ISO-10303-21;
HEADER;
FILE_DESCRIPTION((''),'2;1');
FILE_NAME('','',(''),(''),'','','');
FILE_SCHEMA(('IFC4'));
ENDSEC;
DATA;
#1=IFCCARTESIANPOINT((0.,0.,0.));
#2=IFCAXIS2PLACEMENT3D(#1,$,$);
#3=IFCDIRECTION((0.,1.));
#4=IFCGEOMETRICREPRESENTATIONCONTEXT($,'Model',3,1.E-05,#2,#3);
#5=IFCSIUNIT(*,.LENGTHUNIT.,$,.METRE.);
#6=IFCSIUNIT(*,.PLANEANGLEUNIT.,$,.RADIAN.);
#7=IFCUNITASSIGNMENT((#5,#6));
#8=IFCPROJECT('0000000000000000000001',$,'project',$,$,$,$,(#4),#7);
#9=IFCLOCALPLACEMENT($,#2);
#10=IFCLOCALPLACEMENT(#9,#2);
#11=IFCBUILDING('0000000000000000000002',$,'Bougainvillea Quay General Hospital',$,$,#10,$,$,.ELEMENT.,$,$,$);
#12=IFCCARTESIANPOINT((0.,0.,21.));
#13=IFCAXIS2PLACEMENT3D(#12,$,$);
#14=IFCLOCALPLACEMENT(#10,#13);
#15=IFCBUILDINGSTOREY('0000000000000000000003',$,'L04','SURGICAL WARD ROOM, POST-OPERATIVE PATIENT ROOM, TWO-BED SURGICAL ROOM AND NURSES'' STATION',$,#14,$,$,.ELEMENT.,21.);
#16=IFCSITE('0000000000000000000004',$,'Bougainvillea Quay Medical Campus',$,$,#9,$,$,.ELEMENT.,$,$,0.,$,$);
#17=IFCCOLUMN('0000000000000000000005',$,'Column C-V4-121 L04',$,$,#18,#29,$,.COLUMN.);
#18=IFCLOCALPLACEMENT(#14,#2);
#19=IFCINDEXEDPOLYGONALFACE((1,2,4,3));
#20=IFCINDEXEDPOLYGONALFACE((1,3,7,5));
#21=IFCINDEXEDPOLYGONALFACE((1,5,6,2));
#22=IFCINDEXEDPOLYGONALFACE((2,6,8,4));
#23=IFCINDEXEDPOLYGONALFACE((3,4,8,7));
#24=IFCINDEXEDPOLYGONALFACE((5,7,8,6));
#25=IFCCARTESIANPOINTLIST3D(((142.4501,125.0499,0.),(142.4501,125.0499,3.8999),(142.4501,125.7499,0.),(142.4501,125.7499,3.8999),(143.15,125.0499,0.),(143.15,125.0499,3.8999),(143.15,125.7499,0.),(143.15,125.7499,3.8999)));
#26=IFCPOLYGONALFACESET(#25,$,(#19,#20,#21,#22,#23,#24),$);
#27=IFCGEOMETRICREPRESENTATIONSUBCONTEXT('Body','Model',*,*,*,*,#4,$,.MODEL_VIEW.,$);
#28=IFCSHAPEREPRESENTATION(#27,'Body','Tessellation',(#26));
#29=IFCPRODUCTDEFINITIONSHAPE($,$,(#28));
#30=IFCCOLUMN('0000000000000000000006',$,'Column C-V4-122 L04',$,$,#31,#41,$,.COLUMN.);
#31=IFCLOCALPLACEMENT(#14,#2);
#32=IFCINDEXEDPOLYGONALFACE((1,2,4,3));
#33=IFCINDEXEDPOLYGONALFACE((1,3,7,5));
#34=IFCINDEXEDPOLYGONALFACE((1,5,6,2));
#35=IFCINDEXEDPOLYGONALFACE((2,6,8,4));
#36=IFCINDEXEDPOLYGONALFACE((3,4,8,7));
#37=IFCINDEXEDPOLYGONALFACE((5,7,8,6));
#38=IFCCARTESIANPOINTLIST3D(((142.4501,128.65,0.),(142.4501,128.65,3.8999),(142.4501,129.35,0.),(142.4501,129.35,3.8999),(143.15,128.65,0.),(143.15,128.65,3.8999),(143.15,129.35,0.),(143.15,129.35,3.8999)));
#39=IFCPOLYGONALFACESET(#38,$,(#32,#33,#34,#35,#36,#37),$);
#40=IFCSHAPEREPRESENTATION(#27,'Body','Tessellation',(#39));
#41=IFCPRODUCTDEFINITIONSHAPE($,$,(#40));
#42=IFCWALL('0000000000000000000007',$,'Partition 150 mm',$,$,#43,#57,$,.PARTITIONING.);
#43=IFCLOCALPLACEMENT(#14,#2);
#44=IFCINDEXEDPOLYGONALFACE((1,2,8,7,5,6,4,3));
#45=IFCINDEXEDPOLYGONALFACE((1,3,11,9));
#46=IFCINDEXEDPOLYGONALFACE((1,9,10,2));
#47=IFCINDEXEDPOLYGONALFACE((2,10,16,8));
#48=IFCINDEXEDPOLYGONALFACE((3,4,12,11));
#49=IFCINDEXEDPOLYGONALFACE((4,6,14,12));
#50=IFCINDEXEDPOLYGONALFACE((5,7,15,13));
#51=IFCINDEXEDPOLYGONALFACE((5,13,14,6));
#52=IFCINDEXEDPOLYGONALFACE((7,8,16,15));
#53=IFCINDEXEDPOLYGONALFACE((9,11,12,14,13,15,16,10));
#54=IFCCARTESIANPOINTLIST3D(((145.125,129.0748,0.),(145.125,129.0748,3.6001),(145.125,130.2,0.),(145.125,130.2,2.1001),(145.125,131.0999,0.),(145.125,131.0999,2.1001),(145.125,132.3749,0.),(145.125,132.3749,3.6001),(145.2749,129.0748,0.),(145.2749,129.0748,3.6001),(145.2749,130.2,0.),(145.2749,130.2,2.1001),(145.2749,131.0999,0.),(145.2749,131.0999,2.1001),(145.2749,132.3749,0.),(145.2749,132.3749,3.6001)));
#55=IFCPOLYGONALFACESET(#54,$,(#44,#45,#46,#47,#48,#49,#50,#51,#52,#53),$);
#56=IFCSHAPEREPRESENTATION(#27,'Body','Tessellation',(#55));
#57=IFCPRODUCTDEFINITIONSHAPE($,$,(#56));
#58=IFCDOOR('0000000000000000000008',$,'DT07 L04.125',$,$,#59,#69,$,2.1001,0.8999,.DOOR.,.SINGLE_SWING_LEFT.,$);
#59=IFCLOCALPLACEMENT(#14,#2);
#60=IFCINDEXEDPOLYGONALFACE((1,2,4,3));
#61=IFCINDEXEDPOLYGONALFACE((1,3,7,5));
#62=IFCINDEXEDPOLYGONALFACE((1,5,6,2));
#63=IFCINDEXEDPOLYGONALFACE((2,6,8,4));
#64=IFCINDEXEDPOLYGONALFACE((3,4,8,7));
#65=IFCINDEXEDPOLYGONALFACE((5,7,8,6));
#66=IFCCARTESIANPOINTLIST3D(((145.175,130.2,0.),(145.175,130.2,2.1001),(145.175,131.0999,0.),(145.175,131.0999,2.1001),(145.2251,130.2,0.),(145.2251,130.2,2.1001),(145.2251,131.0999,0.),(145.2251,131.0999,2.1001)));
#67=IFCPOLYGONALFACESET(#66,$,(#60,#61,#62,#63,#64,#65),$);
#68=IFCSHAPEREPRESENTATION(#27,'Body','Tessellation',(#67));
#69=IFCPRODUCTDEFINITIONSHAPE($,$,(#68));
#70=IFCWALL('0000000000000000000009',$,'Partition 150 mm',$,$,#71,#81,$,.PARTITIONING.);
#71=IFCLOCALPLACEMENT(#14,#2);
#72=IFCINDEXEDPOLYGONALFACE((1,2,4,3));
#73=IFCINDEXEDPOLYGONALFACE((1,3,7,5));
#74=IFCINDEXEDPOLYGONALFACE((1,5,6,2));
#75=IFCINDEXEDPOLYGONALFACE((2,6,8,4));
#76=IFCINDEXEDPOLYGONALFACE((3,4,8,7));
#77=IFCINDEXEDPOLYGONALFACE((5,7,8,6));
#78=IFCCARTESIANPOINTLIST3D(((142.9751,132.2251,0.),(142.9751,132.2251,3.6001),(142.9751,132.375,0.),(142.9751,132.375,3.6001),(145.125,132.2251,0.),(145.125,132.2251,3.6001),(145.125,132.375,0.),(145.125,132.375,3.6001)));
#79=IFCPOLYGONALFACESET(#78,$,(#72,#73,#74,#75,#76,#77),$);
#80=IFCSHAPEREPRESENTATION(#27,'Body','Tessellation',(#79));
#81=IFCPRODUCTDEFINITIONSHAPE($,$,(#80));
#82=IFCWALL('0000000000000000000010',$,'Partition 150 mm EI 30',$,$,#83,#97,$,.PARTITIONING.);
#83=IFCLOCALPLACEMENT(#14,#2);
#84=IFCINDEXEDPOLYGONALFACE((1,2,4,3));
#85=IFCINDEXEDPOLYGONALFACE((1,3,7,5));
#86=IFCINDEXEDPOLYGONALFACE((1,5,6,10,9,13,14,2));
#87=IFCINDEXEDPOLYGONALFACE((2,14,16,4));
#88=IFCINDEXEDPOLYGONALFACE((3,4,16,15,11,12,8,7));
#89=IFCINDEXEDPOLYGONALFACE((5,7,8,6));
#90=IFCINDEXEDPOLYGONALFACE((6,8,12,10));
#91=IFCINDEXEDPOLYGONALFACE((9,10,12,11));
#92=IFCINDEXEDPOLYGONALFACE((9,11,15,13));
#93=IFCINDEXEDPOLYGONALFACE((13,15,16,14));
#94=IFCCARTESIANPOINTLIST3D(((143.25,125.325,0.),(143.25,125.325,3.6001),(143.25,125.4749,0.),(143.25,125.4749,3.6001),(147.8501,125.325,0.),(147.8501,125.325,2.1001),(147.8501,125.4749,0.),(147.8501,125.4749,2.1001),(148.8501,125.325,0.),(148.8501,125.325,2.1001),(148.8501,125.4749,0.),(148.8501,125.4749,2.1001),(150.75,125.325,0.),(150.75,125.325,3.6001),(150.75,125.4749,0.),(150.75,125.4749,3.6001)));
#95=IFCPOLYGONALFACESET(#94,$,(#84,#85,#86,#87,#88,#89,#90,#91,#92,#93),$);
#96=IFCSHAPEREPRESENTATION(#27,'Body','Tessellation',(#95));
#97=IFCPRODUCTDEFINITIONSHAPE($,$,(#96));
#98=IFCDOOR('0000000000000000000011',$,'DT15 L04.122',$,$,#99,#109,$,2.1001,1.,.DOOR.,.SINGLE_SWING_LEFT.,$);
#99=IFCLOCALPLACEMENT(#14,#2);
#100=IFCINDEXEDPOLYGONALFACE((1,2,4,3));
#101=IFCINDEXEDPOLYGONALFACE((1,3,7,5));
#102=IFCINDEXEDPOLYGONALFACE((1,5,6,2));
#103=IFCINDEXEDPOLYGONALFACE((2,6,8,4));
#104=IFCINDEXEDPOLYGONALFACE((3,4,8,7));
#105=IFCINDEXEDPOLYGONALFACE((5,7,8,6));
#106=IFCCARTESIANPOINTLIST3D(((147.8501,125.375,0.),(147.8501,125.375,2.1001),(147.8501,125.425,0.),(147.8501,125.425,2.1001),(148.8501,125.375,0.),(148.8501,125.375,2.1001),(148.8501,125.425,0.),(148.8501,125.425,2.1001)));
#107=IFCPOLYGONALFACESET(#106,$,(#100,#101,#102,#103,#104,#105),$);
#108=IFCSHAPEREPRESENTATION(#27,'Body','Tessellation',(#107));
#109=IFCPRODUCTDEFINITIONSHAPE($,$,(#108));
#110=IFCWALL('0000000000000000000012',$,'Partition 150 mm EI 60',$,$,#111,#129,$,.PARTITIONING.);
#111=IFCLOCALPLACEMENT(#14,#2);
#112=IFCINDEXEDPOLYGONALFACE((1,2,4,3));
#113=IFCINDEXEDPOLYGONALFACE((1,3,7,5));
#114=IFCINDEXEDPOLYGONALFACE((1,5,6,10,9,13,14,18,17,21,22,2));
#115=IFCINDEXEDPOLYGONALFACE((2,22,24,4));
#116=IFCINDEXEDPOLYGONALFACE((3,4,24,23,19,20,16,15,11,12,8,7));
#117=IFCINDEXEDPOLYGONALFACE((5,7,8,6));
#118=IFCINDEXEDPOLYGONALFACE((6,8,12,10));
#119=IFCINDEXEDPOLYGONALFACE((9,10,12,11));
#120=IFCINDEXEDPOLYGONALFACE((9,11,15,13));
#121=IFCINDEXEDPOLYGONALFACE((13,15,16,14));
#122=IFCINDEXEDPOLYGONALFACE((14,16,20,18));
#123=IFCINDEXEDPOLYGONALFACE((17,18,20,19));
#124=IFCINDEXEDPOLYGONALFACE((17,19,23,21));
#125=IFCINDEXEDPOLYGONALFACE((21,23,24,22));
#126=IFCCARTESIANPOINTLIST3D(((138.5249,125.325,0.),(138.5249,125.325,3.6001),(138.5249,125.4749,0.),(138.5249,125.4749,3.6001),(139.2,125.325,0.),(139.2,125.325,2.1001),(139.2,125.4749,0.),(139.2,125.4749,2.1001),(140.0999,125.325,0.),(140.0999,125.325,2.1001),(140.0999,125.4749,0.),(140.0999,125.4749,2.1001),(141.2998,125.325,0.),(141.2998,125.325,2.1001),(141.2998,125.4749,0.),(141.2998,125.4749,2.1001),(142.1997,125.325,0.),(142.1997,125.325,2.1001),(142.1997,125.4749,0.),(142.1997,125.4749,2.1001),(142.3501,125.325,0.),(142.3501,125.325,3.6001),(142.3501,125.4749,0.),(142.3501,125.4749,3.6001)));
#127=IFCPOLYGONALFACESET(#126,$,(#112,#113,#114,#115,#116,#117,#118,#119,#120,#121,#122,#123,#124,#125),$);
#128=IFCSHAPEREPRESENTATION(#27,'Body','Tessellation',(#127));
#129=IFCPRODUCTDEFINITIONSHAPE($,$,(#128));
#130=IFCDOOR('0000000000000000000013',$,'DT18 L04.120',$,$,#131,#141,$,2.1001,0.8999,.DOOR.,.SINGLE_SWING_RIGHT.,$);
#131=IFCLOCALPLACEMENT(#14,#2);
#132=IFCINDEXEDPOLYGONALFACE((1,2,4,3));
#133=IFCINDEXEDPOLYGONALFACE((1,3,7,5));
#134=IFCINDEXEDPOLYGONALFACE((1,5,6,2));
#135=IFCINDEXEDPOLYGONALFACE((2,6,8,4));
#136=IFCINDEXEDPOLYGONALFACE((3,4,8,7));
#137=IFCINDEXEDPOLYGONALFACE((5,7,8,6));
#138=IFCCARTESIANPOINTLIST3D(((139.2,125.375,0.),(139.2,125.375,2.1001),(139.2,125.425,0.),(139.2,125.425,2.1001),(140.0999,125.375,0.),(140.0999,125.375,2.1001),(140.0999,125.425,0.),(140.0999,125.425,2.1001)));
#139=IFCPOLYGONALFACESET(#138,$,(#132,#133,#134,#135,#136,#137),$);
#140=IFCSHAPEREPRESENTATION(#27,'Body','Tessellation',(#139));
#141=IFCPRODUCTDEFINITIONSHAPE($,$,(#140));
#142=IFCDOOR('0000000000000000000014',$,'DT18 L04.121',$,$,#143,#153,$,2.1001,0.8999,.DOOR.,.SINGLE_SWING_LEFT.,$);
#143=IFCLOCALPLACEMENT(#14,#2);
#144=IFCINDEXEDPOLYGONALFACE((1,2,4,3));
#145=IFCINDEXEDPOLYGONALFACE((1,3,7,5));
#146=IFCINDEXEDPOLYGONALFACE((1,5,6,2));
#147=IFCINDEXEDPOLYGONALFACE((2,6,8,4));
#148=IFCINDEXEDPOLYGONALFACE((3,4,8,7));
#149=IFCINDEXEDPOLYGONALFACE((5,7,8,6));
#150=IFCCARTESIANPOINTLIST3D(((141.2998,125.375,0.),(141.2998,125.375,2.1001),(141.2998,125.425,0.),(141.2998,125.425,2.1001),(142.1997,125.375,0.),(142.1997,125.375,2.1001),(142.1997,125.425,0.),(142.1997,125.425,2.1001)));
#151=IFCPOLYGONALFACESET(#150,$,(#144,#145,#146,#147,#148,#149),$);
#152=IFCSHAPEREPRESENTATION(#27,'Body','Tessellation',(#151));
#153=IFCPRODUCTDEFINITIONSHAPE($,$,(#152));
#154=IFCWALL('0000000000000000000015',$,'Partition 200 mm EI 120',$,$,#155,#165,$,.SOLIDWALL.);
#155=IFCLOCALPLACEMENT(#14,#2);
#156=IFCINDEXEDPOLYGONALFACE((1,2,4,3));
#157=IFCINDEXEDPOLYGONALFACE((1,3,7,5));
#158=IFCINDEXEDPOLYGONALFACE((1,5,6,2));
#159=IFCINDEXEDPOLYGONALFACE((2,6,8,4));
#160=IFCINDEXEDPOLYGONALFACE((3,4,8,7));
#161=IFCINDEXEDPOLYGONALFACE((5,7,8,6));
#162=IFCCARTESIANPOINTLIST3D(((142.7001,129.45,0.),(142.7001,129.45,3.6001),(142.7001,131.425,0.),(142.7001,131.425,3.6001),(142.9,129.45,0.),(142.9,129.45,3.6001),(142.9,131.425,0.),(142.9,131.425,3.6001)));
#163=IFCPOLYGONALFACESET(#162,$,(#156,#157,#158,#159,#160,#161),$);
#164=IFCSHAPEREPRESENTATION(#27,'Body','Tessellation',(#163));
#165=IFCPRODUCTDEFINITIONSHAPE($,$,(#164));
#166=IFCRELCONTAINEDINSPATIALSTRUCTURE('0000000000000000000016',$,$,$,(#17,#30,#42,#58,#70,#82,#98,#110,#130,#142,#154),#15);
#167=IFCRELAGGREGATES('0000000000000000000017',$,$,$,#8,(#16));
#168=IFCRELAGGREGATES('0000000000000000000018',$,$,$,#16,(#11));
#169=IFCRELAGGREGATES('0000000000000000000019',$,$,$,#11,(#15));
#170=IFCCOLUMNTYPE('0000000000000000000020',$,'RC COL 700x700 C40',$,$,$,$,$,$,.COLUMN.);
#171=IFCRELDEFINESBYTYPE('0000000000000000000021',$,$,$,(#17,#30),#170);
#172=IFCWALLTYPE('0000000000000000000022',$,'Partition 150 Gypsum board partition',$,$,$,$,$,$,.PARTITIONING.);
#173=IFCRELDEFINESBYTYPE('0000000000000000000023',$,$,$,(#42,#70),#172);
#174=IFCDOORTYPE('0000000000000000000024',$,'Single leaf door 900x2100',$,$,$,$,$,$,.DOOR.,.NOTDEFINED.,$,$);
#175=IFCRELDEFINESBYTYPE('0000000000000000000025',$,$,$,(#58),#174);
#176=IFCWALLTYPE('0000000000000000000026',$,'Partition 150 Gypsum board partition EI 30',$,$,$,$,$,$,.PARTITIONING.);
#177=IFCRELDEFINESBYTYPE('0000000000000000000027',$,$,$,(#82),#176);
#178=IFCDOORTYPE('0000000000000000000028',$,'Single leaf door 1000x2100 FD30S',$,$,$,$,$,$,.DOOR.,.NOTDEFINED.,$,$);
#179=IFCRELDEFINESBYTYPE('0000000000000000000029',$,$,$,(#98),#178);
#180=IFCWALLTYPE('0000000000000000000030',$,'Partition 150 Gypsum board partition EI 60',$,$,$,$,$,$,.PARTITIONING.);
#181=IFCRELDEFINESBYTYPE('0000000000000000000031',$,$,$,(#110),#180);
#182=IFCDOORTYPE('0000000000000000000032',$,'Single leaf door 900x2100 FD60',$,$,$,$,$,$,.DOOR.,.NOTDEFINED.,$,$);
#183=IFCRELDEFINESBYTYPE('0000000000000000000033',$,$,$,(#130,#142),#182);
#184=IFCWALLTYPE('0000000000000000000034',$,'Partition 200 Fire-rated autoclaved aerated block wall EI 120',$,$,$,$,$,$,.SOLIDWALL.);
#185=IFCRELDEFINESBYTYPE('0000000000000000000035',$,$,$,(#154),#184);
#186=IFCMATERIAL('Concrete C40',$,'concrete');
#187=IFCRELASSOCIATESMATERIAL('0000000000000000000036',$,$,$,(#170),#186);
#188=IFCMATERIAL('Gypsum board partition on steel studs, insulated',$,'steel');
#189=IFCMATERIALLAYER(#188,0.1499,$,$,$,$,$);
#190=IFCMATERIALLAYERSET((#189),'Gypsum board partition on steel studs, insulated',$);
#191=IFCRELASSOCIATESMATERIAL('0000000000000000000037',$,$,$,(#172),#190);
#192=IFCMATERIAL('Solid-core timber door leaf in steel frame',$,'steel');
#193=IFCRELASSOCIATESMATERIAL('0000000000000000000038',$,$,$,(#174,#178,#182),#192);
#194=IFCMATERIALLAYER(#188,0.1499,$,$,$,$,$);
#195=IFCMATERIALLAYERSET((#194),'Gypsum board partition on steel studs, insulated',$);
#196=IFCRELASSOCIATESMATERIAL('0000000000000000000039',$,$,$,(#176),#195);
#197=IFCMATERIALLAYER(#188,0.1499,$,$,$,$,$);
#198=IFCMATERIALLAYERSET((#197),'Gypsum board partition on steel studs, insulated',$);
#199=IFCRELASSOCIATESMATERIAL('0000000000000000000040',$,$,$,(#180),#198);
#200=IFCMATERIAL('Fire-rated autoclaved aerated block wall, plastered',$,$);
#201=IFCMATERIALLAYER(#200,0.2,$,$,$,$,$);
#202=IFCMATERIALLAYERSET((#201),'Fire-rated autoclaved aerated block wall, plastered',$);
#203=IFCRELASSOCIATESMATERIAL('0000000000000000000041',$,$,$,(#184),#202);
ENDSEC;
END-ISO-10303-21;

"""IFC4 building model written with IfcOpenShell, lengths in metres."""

from ifc_helpers import new_model, si_unit, direction, frame, frame_2d, origin, origin_2d, place, context, subcontext, project, spatial, rectangle, extrude, material, layer, layer_set, material_profile, profile_set, type_object, element, fill, save


model = new_model("IFC4")

# Units and contexts
model_context = context("Model", 3, precision=1e-05, world=origin(), true_north=direction((0.0, 1.0)))
body_context = subcontext(model_context, "Body", "Model", "MODEL_VIEW")
ifc_project = project(units=[si_unit("LENGTHUNIT", "METRE"), si_unit("PLANEANGLEUNIT", "RADIAN")], contexts=[model_context])

# Site, building, storey
site_placement = place(None, origin())
site = spatial("IfcSite", under=ifc_project, at=site_placement, Name="Bougainvillea Quay Medical Campus", CompositionType="ELEMENT", RefElevation=0.0)
building_placement = place(site_placement, origin())
building = spatial("IfcBuilding", under=site, at=building_placement, Name="Bougainvillea Quay General Hospital", CompositionType="ELEMENT")
storey_placement = place(building_placement, frame((0.0, 0.0, 21.0)))
storey = spatial("IfcBuildingStorey", under=building, at=storey_placement, Name="L04", Description="SURGICAL WARD ROOM, POST-OPERATIVE PATIENT ROOM, TWO-BED SURGICAL ROOM AND NURSES' STATION", CompositionType="ELEMENT", Elevation=21.0)

# Columns
ifc_material_1 = material(Name="Concrete C40", Category="concrete")
ifc_material_profile_1 = material_profile(ifc_material_1, rectangle(XDim=0.7, YDim=0.7, at=origin_2d()))
ifc_profile_set_1 = profile_set([ifc_material_profile_1], Name="Concrete C40")
column_type = type_object("IfcColumnType", Name="RC COL 700x700 C40", PredefinedType="COLUMN", material=ifc_profile_set_1)
for number, where, z_axis, x_axis, name in (
    (1, (142.8, 125.3999, 0.0), (0.0, 0.0, 1.0), (1.0, 0.0, 0.0), "Column C-V4-121 L04"),
    (2, (142.8, 129.0, 0.0), (0.0, 0.0, 1.0), (1.0, 0.0, 0.0), "Column C-V4-122 L04"),
):
    element("IfcColumn", number, at=place(storey_placement, frame(where, z_axis=z_axis, x_axis=x_axis)), inside=storey, type_object=column_type, Name=name, PredefinedType="COLUMN", context=body_context, shape_type="SweptSolid", body=[
        extrude(rectangle(XDim=0.7, YDim=0.7, at=origin_2d()), origin(), (0.0, 0.0, 1.0), 3.8999),
    ])

# Wall, opening, door
ifc_material_2 = material(Name="Gypsum board partition on steel studs, insulated", Category="steel")
ifc_layer_1 = layer(ifc_material_2, 0.1499)
ifc_layer_set_1 = layer_set([ifc_layer_1], Name="Gypsum board partition on steel studs, insulated")
wall_type_1 = type_object("IfcWallType", Name="Partition 150 Gypsum board partition", PredefinedType="PARTITIONING", material=ifc_layer_set_1)
wall_1_placement = place(storey_placement, frame((145.2, 129.075, 0.0), z_axis=(0.0, 0.0, 1.0), x_axis=(0.0, 1.0, 0.0)))
wall_1 = element("IfcWall", 3, at=wall_1_placement, inside=storey, type_object=wall_type_1, Name="Partition 150 mm", PredefinedType="PARTITIONING", context=body_context, shape_type="SweptSolid", body=[
    extrude(rectangle(XDim=3.3, YDim=0.1499, at=frame_2d((1.6499, 0.0))), origin(), (0.0, 0.0, 1.0), 3.6001),
])
opening_1_placement = place(wall_1_placement, frame((1.125, 0.0, 0.0)))
opening_1 = element("IfcOpeningElement", 4, at=opening_1_placement, cuts=wall_1, PredefinedType="OPENING", context=body_context, shape_type="SweptSolid", body=[
    extrude(rectangle(XDim=0.8999, YDim=2.1001, at=frame_2d((0.45, 1.05))), frame((0.0, 0.085, 0.0), z_axis=(0.0, -1.0, 0.0), x_axis=(1.0, 0.0, 0.0)), (0.0, 0.0, 1.0), 0.1699),
])
ifc_material_3 = material(Name="Solid-core timber door leaf in steel frame", Category="steel")
door_type_1 = type_object("IfcDoorType", Name="Single leaf door 900x2100", OperationType="NOTDEFINED", PredefinedType="DOOR", material=ifc_material_3)
door_1_placement = place(opening_1_placement, origin())
door_1 = element("IfcDoor", 5, at=door_1_placement, inside=storey, type_object=door_type_1, Name="DT07 L04.125", OperationType="SINGLE_SWING_LEFT", OverallHeight=2.1001, OverallWidth=0.8999, PredefinedType="DOOR", context=body_context, shape_type="SweptSolid", body=[
    extrude(rectangle(XDim=0.8999, YDim=2.1001, at=frame_2d((0.45, 1.05))), frame((0.0, 0.0249, 0.0), z_axis=(0.0, -1.0, 0.0), x_axis=(1.0, 0.0, 0.0)), (0.0, 0.0, 1.0), 0.05),
])
fill(opening_1, door_1)

# Wall
wall_2_placement = place(storey_placement, frame((142.9751, 132.3, 0.0), z_axis=(0.0, 0.0, 1.0), x_axis=(1.0, 0.0, 0.0)))
element("IfcWall", 6, at=wall_2_placement, inside=storey, type_object=wall_type_1, Name="Partition 150 mm", PredefinedType="PARTITIONING", context=body_context, shape_type="SweptSolid", body=[
    extrude(rectangle(XDim=2.1499, YDim=0.1499, at=frame_2d((1.075, 0.0))), origin(), (0.0, 0.0, 1.0), 3.6001),
])

# Wall, opening, door
ifc_layer_2 = layer(ifc_material_2, 0.1499)
ifc_layer_set_2 = layer_set([ifc_layer_2], Name="Gypsum board partition on steel studs, insulated")
wall_type_2 = type_object("IfcWallType", Name="Partition 150 Gypsum board partition EI 30", PredefinedType="PARTITIONING", material=ifc_layer_set_2)
wall_3_placement = place(storey_placement, frame((143.25, 125.3999, 0.0), z_axis=(0.0, 0.0, 1.0), x_axis=(1.0, 0.0, 0.0)))
wall_3 = element("IfcWall", 7, at=wall_3_placement, inside=storey, type_object=wall_type_2, Name="Partition 150 mm EI 30", PredefinedType="PARTITIONING", context=body_context, shape_type="SweptSolid", body=[
    extrude(rectangle(XDim=7.5, YDim=0.1499, at=frame_2d((3.75, 0.0))), origin(), (0.0, 0.0, 1.0), 3.6001),
])
opening_2_placement = place(wall_3_placement, frame((4.6001, 0.0, 0.0)))
opening_2 = element("IfcOpeningElement", 8, at=opening_2_placement, cuts=wall_3, PredefinedType="OPENING", context=body_context, shape_type="SweptSolid", body=[
    extrude(rectangle(XDim=1.0, YDim=2.1001, at=frame_2d((0.5, 1.05))), frame((0.0, 0.085, 0.0), z_axis=(0.0, -1.0, 0.0), x_axis=(1.0, 0.0, 0.0)), (0.0, 0.0, 1.0), 0.1699),
])
door_type_2 = type_object("IfcDoorType", Name="Single leaf door 1000x2100 FD30S", OperationType="NOTDEFINED", PredefinedType="DOOR", material=ifc_material_3)
door_2_placement = place(opening_2_placement, frame((1.0, 0.0, 0.0), z_axis=(0.0, 0.0, 1.0), x_axis=(-1.0, 0.0, 0.0)))
door_2 = element("IfcDoor", 9, at=door_2_placement, inside=storey, type_object=door_type_2, Name="DT15 L04.122", OperationType="SINGLE_SWING_LEFT", OverallHeight=2.1001, OverallWidth=1.0, PredefinedType="DOOR", context=body_context, shape_type="SweptSolid", body=[
    extrude(rectangle(XDim=1.0, YDim=2.1001, at=frame_2d((0.5, 1.05))), frame((0.0, 0.0249, 0.0), z_axis=(0.0, -1.0, 0.0), x_axis=(1.0, 0.0, 0.0)), (0.0, 0.0, 1.0), 0.05),
])
fill(opening_2, door_2)

# Wall, openings, doors
ifc_layer_3 = layer(ifc_material_2, 0.1499)
ifc_layer_set_3 = layer_set([ifc_layer_3], Name="Gypsum board partition on steel studs, insulated")
wall_type_3 = type_object("IfcWallType", Name="Partition 150 Gypsum board partition EI 60", PredefinedType="PARTITIONING", material=ifc_layer_set_3)
wall_4_placement = place(storey_placement, frame((138.5249, 125.3999, 0.0), z_axis=(0.0, 0.0, 1.0), x_axis=(1.0, 0.0, 0.0)))
wall_4 = element("IfcWall", 10, at=wall_4_placement, inside=storey, type_object=wall_type_3, Name="Partition 150 mm EI 60", PredefinedType="PARTITIONING", context=body_context, shape_type="SweptSolid", body=[
    extrude(rectangle(XDim=3.8252, YDim=0.1499, at=frame_2d((1.9126, 0.0))), origin(), (0.0, 0.0, 1.0), 3.6001),
])
opening_3_placement = place(wall_4_placement, frame((0.675, 0.0, 0.0)))
opening_3 = element("IfcOpeningElement", 11, at=opening_3_placement, cuts=wall_4, PredefinedType="OPENING", context=body_context, shape_type="SweptSolid", body=[
    extrude(rectangle(XDim=0.8999, YDim=2.1001, at=frame_2d((0.45, 1.05))), frame((0.0, 0.085, 0.0), z_axis=(0.0, -1.0, 0.0), x_axis=(1.0, 0.0, 0.0)), (0.0, 0.0, 1.0), 0.1699),
])
opening_4_placement = place(wall_4_placement, frame((2.7749, 0.0, 0.0)))
opening_4 = element("IfcOpeningElement", 12, at=opening_4_placement, cuts=wall_4, PredefinedType="OPENING", context=body_context, shape_type="SweptSolid", body=[
    extrude(rectangle(XDim=0.8999, YDim=2.1001, at=frame_2d((0.45, 1.05))), frame((0.0, 0.085, 0.0), z_axis=(0.0, -1.0, 0.0), x_axis=(1.0, 0.0, 0.0)), (0.0, 0.0, 1.0), 0.1699),
])
door_type_3 = type_object("IfcDoorType", Name="Single leaf door 900x2100 FD60", OperationType="NOTDEFINED", PredefinedType="DOOR", material=ifc_material_3)
door_3_placement = place(opening_3_placement, frame((0.8999, 0.0, 0.0), z_axis=(0.0, 0.0, 1.0), x_axis=(-1.0, 0.0, 0.0)))
door_3 = element("IfcDoor", 13, at=door_3_placement, inside=storey, type_object=door_type_3, Name="DT18 L04.120", OperationType="SINGLE_SWING_RIGHT", OverallHeight=2.1001, OverallWidth=0.8999, PredefinedType="DOOR", context=body_context, shape_type="SweptSolid", body=[
    extrude(rectangle(XDim=0.8999, YDim=2.1001, at=frame_2d((0.45, 1.05))), frame((0.0, 0.0249, 0.0), z_axis=(0.0, -1.0, 0.0), x_axis=(1.0, 0.0, 0.0)), (0.0, 0.0, 1.0), 0.05),
])
fill(opening_3, door_3)
door_4_placement = place(opening_4_placement, frame((0.8999, 0.0, 0.0), z_axis=(0.0, 0.0, 1.0), x_axis=(-1.0, 0.0, 0.0)))
door_4 = element("IfcDoor", 14, at=door_4_placement, inside=storey, type_object=door_type_3, Name="DT18 L04.121", OperationType="SINGLE_SWING_LEFT", OverallHeight=2.1001, OverallWidth=0.8999, PredefinedType="DOOR", context=body_context, shape_type="SweptSolid", body=[
    extrude(rectangle(XDim=0.8999, YDim=2.1001, at=frame_2d((0.45, 1.05))), frame((0.0, 0.0249, 0.0), z_axis=(0.0, -1.0, 0.0), x_axis=(1.0, 0.0, 0.0)), (0.0, 0.0, 1.0), 0.05),
])
fill(opening_4, door_4)

# Wall
ifc_material_4 = material(Name="Fire-rated autoclaved aerated block wall, plastered")
ifc_layer_4 = layer(ifc_material_4, 0.2)
ifc_layer_set_4 = layer_set([ifc_layer_4], Name="Fire-rated autoclaved aerated block wall, plastered")
wall_type_4 = type_object("IfcWallType", Name="Partition 200 Fire-rated autoclaved aerated block wall EI 120", PredefinedType="SOLIDWALL", material=ifc_layer_set_4)
wall_5_placement = place(storey_placement, frame((142.8, 131.425, 0.0), z_axis=(0.0, 0.0, 1.0), x_axis=(0.0, -1.0, 0.0)))
element("IfcWall", 15, at=wall_5_placement, inside=storey, type_object=wall_type_4, Name="Partition 200 mm EI 120", PredefinedType="SOLIDWALL", context=body_context, shape_type="SweptSolid", body=[
    extrude(rectangle(XDim=1.9751, YDim=0.2, at=frame_2d((0.9875, 0.0))), origin(), (0.0, 0.0, 1.0), 3.6001),
])

save(model, "model.ifc")
